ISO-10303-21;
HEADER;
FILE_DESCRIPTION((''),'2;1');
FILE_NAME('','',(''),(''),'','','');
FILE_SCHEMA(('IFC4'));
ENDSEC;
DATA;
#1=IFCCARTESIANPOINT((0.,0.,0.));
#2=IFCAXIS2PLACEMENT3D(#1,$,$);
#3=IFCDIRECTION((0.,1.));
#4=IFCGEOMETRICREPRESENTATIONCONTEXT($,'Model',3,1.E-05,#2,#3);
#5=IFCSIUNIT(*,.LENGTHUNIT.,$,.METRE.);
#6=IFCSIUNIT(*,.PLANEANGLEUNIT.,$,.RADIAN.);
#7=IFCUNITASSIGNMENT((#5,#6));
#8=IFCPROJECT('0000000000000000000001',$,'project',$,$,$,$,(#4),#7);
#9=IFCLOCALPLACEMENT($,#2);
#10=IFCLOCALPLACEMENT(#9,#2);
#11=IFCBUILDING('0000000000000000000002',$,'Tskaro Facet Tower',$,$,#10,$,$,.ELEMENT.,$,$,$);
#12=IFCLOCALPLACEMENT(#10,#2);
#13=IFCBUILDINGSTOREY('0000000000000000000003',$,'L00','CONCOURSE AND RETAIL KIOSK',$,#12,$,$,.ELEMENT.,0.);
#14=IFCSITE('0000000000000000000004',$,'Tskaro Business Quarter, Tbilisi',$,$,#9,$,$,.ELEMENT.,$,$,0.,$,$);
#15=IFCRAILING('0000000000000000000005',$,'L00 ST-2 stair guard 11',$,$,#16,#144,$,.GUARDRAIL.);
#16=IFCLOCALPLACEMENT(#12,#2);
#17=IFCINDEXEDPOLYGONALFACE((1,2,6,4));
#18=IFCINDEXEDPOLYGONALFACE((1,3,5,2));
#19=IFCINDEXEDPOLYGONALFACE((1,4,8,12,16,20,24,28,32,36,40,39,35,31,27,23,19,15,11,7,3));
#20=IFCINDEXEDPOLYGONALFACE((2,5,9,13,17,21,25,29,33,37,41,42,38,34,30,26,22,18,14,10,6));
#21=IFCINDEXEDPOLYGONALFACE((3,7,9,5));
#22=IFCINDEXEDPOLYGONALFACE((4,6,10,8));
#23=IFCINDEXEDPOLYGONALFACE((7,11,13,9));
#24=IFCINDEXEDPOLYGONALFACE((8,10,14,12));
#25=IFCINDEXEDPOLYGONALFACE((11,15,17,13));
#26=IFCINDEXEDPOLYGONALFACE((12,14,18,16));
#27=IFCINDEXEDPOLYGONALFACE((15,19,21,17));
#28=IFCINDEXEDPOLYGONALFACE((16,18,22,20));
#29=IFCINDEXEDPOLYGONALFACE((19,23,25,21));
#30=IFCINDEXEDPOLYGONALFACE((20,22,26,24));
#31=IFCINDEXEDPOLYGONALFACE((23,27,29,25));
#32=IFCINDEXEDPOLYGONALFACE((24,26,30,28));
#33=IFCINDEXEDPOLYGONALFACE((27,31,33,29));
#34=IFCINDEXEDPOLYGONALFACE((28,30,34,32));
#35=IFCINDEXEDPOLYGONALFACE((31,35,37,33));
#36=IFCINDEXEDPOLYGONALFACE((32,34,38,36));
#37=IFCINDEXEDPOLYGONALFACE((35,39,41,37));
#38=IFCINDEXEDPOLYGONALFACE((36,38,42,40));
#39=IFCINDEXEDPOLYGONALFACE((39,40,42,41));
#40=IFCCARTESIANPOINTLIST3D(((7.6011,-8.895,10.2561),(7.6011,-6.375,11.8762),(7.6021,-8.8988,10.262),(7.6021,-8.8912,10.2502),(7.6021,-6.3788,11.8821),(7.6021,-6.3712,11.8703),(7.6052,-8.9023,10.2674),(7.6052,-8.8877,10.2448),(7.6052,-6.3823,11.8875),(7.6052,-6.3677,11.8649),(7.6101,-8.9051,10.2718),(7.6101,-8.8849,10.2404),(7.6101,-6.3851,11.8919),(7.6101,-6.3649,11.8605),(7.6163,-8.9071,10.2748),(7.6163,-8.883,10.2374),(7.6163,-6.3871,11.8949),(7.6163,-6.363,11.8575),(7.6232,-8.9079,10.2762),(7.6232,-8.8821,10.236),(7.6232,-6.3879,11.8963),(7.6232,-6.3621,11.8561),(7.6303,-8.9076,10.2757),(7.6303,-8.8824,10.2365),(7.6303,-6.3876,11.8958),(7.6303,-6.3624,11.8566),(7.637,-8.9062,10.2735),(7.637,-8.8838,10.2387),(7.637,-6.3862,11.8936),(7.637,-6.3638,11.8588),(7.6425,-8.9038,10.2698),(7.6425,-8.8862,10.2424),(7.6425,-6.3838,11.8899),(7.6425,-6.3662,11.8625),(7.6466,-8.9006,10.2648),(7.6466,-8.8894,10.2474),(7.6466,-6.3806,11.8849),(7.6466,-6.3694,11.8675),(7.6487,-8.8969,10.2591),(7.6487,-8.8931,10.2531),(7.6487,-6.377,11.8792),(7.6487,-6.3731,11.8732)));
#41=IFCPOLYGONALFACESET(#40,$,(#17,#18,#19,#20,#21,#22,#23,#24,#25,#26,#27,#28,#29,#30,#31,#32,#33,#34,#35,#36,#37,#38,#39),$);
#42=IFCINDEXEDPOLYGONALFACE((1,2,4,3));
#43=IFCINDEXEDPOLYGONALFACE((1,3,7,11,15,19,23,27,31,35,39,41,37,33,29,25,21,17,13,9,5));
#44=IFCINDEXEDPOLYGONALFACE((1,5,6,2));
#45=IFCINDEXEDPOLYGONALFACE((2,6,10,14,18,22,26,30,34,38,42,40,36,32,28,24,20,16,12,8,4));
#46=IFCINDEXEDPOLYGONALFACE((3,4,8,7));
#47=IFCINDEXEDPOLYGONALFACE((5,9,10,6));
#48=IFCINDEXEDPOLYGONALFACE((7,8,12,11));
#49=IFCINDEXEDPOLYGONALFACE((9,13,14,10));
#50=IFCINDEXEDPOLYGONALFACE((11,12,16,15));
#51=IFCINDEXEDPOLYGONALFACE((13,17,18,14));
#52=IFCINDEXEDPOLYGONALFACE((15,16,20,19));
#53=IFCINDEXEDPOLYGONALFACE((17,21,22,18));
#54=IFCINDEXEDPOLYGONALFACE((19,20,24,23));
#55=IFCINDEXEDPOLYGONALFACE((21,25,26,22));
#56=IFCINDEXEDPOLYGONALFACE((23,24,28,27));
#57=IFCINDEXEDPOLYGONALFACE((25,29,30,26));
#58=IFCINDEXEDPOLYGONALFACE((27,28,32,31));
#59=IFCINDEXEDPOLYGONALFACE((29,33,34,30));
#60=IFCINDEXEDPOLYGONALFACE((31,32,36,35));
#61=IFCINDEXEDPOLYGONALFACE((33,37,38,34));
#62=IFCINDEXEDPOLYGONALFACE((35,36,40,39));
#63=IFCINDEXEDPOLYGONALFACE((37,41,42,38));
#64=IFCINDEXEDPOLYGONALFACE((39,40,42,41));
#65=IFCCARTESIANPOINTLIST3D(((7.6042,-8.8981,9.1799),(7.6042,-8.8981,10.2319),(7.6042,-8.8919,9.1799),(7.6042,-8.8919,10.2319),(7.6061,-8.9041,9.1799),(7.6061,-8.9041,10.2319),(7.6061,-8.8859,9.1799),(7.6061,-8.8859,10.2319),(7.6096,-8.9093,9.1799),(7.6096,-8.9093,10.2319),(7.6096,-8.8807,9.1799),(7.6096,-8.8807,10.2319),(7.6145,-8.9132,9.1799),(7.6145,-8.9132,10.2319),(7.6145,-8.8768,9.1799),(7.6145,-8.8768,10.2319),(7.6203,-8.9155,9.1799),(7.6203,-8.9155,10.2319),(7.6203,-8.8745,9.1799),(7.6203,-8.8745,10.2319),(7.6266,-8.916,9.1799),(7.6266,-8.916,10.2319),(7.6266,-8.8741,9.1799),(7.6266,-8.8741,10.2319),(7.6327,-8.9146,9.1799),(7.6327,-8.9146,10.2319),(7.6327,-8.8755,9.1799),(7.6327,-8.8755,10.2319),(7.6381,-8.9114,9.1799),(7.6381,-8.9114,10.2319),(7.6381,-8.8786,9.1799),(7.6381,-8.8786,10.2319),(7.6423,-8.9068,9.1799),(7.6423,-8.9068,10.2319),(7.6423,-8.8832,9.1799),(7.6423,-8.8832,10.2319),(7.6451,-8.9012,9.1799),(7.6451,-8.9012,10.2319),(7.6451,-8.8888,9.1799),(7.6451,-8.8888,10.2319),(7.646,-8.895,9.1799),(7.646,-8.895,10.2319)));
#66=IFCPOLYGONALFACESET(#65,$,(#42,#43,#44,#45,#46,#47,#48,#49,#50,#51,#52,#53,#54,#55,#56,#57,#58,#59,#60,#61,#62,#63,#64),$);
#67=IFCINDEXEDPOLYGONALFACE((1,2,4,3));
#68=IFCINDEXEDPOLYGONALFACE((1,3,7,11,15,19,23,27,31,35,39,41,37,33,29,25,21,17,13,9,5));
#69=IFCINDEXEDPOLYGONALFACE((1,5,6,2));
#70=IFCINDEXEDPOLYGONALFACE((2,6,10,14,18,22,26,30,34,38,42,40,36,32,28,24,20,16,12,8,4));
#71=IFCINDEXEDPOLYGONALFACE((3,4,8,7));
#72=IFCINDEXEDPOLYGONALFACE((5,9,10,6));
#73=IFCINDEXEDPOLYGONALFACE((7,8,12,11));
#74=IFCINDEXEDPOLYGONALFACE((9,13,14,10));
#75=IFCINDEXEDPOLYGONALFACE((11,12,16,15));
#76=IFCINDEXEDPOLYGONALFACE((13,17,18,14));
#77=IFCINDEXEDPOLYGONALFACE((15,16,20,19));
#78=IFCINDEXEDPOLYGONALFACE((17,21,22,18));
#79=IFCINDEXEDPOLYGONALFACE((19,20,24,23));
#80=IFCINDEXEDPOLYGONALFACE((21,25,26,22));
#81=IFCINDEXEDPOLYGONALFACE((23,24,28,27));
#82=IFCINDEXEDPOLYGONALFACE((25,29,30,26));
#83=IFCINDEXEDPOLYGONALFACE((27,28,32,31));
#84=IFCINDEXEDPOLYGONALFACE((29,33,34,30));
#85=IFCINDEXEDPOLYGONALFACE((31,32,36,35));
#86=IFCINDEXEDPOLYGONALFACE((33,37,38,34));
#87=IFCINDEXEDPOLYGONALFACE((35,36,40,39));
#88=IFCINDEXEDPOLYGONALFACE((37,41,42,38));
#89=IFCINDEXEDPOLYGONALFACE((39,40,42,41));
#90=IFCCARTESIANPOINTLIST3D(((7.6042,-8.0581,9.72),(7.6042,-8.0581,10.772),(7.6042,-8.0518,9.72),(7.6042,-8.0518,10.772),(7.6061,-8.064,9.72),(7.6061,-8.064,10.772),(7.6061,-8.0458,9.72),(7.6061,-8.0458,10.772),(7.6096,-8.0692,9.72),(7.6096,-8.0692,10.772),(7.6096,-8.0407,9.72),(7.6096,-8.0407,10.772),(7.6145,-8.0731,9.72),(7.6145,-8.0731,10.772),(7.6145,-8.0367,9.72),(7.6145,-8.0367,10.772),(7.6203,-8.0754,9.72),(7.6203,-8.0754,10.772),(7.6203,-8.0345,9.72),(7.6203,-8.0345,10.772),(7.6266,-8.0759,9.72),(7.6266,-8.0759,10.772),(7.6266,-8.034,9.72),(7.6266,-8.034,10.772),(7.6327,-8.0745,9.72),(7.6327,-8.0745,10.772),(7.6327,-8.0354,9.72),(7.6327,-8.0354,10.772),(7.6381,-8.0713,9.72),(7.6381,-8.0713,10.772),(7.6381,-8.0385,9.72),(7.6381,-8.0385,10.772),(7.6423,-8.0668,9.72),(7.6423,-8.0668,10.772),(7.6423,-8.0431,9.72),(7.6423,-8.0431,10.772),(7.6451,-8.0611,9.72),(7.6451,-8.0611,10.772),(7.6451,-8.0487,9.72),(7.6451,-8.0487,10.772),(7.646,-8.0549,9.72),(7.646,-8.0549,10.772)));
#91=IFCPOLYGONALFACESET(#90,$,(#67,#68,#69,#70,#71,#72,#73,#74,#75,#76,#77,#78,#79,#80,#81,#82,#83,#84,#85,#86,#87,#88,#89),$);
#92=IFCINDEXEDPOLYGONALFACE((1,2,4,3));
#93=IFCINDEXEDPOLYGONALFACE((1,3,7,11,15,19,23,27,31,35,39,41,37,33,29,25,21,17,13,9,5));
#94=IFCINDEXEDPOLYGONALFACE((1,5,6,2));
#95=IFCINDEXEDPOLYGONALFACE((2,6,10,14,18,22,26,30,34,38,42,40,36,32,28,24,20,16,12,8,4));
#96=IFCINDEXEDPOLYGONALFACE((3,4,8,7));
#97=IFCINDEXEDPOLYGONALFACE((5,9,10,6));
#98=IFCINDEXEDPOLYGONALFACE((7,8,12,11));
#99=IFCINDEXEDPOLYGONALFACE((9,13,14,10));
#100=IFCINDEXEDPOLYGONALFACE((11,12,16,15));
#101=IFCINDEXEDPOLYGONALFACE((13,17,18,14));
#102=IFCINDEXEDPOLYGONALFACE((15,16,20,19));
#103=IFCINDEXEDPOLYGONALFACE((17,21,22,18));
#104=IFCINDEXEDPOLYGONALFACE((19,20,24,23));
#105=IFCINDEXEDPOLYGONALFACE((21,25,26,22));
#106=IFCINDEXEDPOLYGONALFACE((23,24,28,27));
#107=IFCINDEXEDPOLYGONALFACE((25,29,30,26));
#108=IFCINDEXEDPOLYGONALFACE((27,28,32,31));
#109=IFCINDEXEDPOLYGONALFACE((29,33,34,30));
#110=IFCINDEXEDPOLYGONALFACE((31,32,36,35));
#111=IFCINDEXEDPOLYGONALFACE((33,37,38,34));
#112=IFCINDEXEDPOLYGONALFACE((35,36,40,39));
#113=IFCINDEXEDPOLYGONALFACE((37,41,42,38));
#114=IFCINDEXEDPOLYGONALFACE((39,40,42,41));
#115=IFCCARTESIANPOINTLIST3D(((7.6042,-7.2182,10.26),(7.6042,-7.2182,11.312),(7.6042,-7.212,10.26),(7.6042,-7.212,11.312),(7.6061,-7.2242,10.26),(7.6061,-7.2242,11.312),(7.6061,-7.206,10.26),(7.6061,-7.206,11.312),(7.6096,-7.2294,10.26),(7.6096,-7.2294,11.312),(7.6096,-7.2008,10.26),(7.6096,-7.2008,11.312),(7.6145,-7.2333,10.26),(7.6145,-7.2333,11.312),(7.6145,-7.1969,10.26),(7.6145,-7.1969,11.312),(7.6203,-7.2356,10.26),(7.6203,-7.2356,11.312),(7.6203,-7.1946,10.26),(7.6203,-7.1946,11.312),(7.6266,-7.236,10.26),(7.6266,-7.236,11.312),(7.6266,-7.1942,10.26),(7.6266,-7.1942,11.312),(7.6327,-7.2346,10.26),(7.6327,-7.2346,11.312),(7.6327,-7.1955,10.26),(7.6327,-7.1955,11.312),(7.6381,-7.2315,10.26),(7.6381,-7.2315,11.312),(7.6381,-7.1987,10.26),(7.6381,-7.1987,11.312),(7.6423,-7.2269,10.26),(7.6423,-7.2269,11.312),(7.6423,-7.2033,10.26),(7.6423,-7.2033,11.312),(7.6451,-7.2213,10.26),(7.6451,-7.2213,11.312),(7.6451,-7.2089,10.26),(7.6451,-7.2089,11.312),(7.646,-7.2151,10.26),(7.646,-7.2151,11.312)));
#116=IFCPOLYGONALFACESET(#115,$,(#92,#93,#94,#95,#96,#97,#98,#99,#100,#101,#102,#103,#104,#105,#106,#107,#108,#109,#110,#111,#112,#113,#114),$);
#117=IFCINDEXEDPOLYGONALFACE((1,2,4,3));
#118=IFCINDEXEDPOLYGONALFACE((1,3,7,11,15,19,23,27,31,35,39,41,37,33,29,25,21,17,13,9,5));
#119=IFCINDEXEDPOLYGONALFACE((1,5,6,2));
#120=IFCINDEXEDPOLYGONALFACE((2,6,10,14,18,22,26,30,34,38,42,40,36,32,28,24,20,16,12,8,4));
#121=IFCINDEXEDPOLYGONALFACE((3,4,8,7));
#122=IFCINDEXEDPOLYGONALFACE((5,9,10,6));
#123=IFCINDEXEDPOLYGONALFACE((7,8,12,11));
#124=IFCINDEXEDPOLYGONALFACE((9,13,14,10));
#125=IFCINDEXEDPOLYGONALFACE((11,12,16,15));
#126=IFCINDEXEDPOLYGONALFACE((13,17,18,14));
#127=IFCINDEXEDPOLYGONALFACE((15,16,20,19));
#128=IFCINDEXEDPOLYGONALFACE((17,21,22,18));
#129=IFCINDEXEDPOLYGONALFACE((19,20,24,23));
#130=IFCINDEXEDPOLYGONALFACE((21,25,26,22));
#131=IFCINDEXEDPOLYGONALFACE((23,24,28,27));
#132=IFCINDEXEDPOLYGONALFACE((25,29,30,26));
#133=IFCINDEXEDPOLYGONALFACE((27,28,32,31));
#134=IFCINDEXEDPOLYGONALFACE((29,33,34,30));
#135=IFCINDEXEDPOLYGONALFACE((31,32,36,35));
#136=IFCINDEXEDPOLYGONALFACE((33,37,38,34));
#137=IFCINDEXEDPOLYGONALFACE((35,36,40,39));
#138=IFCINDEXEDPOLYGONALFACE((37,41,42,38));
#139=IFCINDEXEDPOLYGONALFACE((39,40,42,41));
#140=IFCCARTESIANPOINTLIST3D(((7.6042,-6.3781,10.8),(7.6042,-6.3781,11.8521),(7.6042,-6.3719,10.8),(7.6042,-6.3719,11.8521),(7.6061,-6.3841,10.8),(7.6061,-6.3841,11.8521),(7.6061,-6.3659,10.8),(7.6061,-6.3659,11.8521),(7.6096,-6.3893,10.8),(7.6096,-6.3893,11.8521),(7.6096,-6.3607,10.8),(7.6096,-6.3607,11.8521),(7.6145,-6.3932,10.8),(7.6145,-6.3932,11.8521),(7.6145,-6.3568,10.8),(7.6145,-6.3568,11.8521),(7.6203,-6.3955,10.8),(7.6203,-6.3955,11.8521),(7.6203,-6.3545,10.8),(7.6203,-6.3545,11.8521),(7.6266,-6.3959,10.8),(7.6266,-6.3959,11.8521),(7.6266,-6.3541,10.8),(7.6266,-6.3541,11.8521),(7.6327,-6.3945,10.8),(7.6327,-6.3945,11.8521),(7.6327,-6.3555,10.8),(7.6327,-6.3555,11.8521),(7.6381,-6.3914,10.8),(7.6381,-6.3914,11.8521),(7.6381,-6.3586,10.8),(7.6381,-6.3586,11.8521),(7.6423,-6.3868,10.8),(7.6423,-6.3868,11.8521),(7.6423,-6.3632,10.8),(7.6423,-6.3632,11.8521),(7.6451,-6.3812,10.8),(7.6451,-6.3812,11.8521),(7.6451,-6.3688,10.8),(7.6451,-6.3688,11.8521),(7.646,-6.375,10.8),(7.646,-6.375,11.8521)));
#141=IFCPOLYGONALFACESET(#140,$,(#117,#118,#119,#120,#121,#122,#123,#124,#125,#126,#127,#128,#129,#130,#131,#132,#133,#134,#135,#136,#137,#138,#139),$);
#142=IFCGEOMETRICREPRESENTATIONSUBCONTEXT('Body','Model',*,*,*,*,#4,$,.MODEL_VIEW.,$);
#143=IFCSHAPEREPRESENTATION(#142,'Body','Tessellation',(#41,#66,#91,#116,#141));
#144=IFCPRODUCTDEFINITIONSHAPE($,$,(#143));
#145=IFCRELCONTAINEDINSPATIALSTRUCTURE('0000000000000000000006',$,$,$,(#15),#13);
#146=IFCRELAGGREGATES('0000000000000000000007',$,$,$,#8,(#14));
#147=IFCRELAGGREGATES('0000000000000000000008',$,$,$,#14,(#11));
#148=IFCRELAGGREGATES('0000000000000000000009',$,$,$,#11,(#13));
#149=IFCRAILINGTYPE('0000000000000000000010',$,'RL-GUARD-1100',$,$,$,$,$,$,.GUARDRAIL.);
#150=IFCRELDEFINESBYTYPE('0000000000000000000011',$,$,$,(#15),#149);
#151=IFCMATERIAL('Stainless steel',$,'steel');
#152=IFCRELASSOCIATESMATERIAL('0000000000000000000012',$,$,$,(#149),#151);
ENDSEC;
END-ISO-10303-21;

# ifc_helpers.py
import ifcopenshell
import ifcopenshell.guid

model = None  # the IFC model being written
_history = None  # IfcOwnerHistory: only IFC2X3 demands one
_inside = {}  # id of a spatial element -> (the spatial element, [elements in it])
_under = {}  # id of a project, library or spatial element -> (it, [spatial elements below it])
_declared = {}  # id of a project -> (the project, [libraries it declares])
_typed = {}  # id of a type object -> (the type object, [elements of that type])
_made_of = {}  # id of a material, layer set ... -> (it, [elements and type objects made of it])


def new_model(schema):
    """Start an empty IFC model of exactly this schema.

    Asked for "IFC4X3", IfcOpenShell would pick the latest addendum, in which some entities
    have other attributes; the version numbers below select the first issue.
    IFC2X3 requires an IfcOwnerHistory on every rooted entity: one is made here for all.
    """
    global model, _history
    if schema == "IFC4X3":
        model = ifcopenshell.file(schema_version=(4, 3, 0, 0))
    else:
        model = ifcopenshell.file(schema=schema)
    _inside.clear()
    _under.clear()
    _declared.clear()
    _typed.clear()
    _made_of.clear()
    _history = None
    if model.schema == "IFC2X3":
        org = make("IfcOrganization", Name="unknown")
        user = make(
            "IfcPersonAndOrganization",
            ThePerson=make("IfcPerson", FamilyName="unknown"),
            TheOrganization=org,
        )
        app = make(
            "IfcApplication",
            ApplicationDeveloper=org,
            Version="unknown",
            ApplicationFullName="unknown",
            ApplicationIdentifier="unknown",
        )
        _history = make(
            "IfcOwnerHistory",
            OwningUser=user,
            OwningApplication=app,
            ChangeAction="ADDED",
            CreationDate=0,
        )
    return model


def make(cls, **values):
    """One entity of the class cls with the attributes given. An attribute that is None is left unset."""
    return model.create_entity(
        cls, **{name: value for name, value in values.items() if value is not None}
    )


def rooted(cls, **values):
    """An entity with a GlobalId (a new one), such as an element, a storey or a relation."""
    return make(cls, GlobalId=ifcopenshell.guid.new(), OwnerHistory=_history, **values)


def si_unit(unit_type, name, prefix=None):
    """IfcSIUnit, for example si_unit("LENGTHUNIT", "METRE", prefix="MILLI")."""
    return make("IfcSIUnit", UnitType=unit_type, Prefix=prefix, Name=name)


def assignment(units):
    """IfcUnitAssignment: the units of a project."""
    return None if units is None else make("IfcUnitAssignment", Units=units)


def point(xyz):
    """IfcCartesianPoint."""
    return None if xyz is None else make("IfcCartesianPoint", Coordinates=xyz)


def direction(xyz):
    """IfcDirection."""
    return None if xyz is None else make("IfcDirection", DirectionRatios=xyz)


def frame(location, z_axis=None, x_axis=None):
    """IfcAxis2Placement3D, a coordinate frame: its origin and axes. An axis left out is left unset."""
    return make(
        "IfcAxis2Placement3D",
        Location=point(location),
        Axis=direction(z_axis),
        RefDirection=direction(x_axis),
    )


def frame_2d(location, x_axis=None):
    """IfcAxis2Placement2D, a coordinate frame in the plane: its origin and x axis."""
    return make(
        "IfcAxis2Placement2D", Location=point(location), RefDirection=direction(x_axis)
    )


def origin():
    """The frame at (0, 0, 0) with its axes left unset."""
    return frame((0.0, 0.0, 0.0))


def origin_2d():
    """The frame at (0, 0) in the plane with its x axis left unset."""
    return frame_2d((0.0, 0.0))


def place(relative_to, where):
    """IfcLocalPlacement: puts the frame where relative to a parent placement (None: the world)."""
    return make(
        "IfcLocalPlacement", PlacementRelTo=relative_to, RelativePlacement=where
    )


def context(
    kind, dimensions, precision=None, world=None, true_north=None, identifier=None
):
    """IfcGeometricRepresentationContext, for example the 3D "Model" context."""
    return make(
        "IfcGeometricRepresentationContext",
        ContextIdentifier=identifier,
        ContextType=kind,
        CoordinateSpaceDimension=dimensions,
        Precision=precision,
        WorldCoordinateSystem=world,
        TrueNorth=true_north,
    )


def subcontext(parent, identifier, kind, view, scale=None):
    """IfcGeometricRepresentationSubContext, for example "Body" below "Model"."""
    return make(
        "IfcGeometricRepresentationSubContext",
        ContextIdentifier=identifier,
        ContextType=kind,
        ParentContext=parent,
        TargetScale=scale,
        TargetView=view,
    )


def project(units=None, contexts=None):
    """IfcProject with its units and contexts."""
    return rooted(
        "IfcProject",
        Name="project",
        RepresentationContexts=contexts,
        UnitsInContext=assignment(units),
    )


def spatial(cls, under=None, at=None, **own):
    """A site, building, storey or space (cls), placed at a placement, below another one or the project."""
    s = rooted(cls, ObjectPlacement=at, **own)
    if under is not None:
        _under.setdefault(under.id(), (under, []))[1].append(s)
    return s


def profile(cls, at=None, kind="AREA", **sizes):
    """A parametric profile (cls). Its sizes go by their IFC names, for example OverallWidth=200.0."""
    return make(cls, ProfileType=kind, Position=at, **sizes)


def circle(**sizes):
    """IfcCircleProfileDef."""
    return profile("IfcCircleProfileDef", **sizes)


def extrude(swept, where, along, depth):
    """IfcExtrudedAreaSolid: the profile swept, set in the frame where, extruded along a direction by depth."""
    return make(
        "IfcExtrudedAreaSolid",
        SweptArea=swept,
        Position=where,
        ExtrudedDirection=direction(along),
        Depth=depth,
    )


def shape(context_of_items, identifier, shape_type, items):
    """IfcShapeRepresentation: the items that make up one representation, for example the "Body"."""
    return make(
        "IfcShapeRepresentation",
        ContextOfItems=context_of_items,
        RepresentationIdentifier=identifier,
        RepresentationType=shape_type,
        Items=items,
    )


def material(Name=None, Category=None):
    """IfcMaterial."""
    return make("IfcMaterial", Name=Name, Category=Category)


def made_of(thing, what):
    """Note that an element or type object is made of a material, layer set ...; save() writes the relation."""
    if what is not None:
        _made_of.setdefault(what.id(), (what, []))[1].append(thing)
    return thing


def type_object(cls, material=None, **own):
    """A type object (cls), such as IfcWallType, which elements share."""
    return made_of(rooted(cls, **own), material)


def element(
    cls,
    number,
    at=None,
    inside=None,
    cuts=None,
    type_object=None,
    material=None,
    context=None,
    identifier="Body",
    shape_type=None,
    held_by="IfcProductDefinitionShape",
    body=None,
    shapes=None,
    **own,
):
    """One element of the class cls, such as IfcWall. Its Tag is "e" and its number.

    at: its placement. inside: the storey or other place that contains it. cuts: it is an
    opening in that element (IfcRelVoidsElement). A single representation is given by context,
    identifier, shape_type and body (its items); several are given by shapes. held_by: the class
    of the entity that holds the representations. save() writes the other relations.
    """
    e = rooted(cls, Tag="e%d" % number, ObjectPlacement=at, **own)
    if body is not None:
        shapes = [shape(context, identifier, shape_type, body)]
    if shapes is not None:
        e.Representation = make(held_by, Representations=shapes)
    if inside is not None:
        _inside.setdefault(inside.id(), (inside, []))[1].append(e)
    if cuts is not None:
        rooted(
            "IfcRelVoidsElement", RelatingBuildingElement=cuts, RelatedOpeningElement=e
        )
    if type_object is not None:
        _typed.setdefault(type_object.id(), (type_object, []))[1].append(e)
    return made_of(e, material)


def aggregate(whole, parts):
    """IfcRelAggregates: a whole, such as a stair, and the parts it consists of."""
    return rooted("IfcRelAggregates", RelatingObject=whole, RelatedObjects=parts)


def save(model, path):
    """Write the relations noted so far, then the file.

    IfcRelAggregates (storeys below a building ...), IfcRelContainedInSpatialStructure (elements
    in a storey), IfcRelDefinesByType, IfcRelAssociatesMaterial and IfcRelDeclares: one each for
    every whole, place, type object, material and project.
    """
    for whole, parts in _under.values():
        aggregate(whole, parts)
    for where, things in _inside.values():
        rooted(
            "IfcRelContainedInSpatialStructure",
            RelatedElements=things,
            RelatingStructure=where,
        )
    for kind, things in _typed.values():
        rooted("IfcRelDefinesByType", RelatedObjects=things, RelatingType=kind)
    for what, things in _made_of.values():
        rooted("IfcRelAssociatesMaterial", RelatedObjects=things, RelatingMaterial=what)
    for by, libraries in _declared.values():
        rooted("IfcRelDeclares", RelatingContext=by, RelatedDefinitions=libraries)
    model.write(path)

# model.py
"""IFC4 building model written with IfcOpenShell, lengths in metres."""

from ifc_helpers import new_model, si_unit, direction, frame, origin, origin_2d, place, context, subcontext, project, spatial, circle, extrude, material, type_object, element, save


model = new_model("IFC4")

# Units and contexts
model_context = context("Model", 3, precision=1e-05, world=origin(), true_north=direction((0.0, 1.0)))
body_context = subcontext(model_context, "Body", "Model", "MODEL_VIEW")
ifc_project = project(units=[si_unit("LENGTHUNIT", "METRE"), si_unit("PLANEANGLEUNIT", "RADIAN")], contexts=[model_context])

# Site, building, storey
site_placement = place(None, origin())
site = spatial("IfcSite", under=ifc_project, at=site_placement, Name="Tskaro Business Quarter, Tbilisi", CompositionType="ELEMENT", RefElevation=0.0)
building_placement = place(site_placement, origin())
building = spatial("IfcBuilding", under=site, at=building_placement, Name="Tskaro Facet Tower", CompositionType="ELEMENT")
storey_placement = place(building_placement, origin())
storey = spatial("IfcBuildingStorey", under=building, at=storey_placement, Name="L00", Description="CONCOURSE AND RETAIL KIOSK", CompositionType="ELEMENT", Elevation=0.0)

# Railing
ifc_material_1 = material(Name="Stainless steel", Category="steel")
railing_type_1 = type_object("IfcRailingType", Name="RL-GUARD-1100", PredefinedType="GUARDRAIL", material=ifc_material_1)
railing_1_placement = place(storey_placement, frame((7.625, -8.895, 9.1799)))
element("IfcRailing", 1, at=railing_1_placement, inside=storey, type_object=railing_type_1, Name="L00 ST-2 stair guard 11", PredefinedType="GUARDRAIL", context=body_context, shape_type="SweptSolid", body=[
    extrude(circle(Radius=0.0239, at=origin_2d()), frame((0.0, 0.0, 1.0762), z_axis=(0.0, 0.841163, 0.540782), x_axis=(-1.0, 0.0, 0.0)), (0.0, 0.0, 1.0), 2.9958),
    extrude(circle(Radius=0.021, at=origin_2d()), origin(), (0.0, 0.0, 1.0), 1.052),
    extrude(circle(Radius=0.021, at=origin_2d()), frame((0.0, 0.8401, 0.54)), (0.0, 0.0, 1.0), 1.052),
    extrude(circle(Radius=0.021, at=origin_2d()), frame((0.0, 1.6799, 1.0801)), (0.0, 0.0, 1.0), 1.052),
    extrude(circle(Radius=0.021, at=origin_2d()), frame((0.0, 2.52, 1.6201)), (0.0, 0.0, 1.0), 1.052),
])

save(model, "model.ifc")
